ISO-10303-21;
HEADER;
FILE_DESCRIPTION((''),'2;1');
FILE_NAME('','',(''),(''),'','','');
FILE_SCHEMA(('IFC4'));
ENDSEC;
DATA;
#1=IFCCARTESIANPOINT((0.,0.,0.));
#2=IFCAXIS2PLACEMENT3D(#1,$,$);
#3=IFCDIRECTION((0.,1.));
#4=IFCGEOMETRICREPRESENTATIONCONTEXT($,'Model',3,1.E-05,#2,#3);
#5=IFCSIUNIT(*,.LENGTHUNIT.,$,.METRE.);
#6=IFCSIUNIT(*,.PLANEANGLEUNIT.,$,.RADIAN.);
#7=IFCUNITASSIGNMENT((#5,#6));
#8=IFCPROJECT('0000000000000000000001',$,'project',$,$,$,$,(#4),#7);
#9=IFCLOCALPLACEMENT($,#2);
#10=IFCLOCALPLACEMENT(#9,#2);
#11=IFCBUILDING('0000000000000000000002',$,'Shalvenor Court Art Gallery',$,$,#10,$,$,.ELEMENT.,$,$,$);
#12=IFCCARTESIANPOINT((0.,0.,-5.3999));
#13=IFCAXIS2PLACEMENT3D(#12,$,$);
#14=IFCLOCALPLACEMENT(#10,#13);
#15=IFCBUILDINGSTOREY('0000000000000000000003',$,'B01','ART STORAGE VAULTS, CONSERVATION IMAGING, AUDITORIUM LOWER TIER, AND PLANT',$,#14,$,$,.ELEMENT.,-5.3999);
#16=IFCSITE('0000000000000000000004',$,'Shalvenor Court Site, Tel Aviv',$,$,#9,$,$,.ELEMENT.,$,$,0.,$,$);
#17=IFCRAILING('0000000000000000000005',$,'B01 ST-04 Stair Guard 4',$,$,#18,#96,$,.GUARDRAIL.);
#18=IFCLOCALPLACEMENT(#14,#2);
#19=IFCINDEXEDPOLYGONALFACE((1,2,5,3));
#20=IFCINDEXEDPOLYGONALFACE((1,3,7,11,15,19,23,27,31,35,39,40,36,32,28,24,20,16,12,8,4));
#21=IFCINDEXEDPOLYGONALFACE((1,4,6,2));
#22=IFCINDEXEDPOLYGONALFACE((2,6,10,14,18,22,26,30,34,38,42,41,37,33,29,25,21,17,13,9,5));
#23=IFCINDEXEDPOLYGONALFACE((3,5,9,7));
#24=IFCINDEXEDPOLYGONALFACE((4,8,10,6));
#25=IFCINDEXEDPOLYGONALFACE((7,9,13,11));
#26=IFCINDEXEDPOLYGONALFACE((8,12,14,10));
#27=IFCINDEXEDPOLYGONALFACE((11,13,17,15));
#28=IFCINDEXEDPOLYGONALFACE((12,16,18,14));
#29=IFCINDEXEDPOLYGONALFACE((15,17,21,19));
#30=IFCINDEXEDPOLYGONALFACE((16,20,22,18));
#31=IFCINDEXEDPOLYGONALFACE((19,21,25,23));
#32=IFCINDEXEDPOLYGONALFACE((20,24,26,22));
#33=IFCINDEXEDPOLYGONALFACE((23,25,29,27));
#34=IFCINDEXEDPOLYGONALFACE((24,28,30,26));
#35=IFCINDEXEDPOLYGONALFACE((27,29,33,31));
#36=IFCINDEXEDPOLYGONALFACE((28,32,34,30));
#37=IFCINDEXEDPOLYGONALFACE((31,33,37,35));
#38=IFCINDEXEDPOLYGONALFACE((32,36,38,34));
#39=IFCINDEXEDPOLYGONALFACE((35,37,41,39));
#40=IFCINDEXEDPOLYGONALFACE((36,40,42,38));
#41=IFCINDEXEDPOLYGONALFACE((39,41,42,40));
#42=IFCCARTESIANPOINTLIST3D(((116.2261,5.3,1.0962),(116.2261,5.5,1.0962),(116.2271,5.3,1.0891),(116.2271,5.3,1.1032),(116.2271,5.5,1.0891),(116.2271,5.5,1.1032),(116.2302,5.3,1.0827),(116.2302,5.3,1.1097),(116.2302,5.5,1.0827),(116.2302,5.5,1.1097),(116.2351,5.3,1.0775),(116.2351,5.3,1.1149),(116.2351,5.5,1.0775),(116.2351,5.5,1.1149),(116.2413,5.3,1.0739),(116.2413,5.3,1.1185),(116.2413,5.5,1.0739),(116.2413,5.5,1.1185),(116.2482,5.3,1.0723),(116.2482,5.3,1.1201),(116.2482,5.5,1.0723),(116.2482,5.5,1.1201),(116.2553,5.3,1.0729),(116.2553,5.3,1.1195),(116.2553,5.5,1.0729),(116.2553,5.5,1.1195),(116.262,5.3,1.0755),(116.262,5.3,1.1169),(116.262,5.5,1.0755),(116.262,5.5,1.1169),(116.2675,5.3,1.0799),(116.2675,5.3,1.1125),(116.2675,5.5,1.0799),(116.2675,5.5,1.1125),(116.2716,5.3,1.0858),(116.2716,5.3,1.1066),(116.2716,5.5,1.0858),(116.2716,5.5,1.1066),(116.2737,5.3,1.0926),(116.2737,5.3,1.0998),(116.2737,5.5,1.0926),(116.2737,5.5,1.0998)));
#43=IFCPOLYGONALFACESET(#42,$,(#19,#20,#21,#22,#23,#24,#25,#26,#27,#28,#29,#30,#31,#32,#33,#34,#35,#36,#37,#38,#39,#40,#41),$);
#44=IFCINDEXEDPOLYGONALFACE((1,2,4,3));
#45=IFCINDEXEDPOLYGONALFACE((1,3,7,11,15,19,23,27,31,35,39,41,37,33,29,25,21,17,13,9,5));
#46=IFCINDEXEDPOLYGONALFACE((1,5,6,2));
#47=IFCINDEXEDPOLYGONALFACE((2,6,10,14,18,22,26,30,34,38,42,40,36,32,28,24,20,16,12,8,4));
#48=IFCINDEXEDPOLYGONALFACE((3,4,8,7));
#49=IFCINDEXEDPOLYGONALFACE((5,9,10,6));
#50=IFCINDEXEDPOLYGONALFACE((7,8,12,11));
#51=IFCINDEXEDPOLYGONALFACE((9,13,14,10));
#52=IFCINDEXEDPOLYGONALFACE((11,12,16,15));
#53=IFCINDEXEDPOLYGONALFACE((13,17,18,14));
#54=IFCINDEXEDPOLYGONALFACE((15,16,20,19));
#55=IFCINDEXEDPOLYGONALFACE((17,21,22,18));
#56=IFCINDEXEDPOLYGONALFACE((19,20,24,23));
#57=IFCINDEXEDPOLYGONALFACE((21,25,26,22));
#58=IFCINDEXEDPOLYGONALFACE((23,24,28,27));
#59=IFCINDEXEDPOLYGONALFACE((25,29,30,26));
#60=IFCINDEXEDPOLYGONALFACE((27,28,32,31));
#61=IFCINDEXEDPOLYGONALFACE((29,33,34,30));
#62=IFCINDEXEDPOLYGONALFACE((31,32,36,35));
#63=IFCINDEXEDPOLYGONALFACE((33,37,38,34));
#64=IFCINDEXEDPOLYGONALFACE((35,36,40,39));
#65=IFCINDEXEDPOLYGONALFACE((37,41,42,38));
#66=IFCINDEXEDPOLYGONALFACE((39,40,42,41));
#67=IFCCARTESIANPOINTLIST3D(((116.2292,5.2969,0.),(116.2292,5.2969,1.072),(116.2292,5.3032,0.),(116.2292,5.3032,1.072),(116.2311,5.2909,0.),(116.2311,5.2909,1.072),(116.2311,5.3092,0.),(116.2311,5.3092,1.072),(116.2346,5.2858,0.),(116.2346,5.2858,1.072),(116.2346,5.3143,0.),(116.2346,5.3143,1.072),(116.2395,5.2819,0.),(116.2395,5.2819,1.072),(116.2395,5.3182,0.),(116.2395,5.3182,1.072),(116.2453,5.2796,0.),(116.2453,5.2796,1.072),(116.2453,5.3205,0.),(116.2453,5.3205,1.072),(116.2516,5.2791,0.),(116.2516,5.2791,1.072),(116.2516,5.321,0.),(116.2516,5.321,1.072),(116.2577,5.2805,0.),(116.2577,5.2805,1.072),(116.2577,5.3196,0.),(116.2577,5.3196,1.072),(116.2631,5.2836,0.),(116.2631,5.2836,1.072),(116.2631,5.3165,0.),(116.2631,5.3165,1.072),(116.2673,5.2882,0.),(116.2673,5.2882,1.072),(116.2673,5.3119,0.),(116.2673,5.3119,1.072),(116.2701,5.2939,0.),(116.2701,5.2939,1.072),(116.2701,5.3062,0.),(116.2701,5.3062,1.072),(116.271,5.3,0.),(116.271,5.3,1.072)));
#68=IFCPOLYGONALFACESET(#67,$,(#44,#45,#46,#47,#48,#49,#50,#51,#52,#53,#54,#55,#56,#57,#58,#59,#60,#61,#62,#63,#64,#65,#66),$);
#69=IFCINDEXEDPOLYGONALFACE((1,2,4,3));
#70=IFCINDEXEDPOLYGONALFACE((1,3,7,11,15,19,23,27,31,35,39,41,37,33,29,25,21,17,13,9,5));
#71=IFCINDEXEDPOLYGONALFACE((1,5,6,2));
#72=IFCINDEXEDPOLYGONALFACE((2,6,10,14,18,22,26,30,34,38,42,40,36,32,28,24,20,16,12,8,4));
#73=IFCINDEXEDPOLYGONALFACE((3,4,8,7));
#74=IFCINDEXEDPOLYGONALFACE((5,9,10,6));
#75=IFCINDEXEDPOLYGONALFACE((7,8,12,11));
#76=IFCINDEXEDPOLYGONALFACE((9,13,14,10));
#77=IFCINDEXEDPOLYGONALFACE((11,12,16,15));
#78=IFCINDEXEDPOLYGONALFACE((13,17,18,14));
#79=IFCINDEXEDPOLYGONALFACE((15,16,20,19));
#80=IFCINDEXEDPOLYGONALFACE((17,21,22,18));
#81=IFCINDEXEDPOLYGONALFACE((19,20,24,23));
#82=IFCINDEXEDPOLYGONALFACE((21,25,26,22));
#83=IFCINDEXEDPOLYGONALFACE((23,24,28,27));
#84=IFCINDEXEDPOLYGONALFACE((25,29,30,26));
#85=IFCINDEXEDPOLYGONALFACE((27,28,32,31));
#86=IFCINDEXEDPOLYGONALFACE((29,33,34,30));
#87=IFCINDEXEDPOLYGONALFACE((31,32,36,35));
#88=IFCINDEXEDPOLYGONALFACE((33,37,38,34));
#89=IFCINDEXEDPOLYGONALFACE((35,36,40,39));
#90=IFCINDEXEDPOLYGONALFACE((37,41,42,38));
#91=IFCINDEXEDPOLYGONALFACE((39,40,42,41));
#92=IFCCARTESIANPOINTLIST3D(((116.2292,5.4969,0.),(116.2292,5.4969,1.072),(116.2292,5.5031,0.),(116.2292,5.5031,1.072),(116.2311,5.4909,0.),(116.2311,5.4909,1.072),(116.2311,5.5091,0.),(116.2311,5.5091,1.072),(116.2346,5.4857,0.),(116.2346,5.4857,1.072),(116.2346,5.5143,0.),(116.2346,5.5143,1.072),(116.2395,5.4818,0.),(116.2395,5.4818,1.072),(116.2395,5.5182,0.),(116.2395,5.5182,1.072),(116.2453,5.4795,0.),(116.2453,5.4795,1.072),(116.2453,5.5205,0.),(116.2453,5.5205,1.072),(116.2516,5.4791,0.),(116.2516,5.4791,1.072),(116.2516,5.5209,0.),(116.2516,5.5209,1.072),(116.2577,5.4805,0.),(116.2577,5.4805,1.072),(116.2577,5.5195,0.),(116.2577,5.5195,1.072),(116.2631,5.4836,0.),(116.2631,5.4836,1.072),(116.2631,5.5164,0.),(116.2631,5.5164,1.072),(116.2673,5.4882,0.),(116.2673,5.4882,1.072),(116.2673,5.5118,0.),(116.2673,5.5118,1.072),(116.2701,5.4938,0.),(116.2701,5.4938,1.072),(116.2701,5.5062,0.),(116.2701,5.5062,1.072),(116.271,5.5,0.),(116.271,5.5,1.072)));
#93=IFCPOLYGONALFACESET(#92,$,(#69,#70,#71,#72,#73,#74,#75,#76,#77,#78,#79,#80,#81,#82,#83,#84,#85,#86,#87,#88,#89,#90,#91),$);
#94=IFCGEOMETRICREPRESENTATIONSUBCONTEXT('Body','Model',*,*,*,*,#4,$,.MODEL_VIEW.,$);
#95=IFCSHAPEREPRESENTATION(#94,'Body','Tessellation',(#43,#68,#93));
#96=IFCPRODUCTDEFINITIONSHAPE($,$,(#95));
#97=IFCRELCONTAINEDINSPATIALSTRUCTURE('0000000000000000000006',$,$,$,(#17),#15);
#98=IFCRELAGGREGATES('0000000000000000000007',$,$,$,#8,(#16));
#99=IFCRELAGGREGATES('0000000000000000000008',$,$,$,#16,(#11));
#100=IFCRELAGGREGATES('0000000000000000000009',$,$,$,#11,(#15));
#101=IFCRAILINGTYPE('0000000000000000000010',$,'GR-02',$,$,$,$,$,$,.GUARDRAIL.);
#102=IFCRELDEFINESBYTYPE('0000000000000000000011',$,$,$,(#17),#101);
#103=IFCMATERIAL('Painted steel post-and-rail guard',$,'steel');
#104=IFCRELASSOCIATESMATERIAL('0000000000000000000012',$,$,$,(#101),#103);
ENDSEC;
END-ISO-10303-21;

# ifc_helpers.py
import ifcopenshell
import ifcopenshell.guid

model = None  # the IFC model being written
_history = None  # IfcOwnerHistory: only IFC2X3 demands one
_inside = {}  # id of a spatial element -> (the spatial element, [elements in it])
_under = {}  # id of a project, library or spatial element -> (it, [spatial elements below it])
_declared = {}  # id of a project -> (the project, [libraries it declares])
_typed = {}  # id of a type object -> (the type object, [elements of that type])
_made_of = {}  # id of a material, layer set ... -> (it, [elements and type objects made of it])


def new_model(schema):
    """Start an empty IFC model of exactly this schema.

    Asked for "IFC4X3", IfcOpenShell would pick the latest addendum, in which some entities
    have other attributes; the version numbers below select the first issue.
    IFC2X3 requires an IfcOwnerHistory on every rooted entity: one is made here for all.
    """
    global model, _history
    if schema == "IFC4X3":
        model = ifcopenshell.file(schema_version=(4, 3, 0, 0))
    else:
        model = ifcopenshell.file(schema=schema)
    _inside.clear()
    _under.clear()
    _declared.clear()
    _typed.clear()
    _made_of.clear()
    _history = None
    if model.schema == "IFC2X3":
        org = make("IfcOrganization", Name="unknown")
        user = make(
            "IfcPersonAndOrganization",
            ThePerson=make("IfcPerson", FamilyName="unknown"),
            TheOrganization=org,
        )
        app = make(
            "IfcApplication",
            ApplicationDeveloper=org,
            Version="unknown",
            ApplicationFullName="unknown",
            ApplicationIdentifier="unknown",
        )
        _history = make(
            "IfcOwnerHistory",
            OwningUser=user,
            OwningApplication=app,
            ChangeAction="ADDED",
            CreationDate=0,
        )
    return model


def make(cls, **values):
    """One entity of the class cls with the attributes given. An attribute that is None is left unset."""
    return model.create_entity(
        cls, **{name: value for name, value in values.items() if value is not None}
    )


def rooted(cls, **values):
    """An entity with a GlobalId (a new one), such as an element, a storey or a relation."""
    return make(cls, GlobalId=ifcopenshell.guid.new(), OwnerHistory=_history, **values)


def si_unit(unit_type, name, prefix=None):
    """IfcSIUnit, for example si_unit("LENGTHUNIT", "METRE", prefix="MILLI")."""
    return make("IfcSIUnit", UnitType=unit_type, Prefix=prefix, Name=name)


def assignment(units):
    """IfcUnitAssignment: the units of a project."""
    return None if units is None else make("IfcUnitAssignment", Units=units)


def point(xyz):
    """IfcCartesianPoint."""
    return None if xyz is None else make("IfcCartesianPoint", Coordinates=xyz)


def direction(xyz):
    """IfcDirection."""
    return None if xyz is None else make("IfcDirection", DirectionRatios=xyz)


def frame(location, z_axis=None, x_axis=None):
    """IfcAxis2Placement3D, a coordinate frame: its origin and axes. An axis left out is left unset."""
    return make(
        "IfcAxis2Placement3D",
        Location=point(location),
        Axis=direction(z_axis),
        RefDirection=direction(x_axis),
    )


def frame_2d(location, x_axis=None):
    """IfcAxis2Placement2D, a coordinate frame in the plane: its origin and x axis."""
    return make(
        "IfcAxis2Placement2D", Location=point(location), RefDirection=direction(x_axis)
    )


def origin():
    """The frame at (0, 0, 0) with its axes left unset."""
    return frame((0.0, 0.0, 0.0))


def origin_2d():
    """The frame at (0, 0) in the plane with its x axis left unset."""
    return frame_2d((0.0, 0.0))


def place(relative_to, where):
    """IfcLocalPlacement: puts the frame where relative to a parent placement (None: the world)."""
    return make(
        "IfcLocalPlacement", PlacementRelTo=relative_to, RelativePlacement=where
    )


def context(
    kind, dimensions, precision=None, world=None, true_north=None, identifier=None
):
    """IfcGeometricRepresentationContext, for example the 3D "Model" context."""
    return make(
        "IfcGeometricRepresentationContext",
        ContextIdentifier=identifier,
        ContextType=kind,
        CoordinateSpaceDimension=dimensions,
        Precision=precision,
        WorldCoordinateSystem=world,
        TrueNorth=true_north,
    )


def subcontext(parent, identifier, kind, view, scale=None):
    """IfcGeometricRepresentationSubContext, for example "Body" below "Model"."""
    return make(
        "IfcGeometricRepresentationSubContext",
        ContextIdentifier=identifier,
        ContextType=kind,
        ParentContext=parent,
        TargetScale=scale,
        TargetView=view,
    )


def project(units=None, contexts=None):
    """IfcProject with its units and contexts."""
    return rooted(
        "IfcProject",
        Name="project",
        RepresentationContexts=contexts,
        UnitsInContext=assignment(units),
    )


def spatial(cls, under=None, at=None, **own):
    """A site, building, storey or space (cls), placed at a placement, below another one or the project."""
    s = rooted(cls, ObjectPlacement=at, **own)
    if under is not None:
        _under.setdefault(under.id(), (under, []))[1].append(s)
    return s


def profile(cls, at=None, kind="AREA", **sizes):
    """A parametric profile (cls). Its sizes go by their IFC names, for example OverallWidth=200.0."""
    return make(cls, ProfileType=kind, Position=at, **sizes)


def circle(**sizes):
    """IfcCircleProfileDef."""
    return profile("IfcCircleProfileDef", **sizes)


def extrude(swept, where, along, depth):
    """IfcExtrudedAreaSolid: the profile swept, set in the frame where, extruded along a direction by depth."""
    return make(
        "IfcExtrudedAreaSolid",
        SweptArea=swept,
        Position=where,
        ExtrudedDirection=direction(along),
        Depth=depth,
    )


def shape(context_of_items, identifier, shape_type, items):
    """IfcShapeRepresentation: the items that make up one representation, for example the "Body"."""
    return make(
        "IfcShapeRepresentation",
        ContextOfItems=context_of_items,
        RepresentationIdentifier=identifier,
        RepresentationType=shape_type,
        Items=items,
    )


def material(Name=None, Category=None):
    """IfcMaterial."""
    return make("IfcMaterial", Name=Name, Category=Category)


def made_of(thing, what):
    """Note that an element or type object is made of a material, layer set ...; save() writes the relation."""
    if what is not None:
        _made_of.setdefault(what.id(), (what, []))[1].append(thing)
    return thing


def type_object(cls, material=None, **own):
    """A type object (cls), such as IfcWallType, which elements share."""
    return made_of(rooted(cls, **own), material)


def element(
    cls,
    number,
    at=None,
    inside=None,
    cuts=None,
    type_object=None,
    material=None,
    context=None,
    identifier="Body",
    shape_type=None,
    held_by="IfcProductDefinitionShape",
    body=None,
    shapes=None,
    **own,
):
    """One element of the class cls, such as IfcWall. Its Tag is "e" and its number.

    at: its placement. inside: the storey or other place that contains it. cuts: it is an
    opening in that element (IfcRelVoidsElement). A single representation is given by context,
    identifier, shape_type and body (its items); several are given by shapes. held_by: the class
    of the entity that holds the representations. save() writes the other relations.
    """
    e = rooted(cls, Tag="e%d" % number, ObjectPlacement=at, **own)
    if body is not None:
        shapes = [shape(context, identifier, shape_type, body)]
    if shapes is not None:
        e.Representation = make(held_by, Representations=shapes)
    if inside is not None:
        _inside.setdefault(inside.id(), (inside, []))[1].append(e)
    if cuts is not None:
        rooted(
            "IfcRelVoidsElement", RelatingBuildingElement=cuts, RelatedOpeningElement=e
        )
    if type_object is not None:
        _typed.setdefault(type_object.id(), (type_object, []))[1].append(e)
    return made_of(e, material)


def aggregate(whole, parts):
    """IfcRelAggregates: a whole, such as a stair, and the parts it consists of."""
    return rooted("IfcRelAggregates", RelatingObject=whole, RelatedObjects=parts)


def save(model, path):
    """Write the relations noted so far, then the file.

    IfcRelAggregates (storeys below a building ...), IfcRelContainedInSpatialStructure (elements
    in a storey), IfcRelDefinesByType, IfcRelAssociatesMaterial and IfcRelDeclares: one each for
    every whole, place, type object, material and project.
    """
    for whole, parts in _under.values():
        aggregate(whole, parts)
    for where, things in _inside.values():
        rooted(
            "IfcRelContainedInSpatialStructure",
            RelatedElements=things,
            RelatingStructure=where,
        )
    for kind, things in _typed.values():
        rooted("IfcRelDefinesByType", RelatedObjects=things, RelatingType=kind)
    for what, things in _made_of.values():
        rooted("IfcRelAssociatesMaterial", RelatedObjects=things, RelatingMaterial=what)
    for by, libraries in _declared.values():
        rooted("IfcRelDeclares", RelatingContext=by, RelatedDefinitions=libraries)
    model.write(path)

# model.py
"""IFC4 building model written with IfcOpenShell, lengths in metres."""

from ifc_helpers import new_model, si_unit, direction, frame, origin, origin_2d, place, context, subcontext, project, spatial, circle, extrude, material, type_object, element, save


model = new_model("IFC4")

# Units and contexts
model_context = context("Model", 3, precision=1e-05, world=origin(), true_north=direction((0.0, 1.0)))
body_context = subcontext(model_context, "Body", "Model", "MODEL_VIEW")
ifc_project = project(units=[si_unit("LENGTHUNIT", "METRE"), si_unit("PLANEANGLEUNIT", "RADIAN")], contexts=[model_context])

# Site, building, storey
site_placement = place(None, origin())
site = spatial("IfcSite", under=ifc_project, at=site_placement, Name="Shalvenor Court Site, Tel Aviv", CompositionType="ELEMENT", RefElevation=0.0)
building_placement = place(site_placement, origin())
building = spatial("IfcBuilding", under=site, at=building_placement, Name="Shalvenor Court Art Gallery", CompositionType="ELEMENT")
storey_placement = place(building_placement, frame((0.0, 0.0, -5.3999)))
storey = spatial("IfcBuildingStorey", under=building, at=storey_placement, Name="B01", Description="ART STORAGE VAULTS, CONSERVATION IMAGING, AUDITORIUM LOWER TIER, AND PLANT", CompositionType="ELEMENT", Elevation=-5.3999)

# Railing
ifc_material_1 = material(Name="Painted steel post-and-rail guard", Category="steel")
railing_type_1 = type_object("IfcRailingType", Name="GR-02", PredefinedType="GUARDRAIL", material=ifc_material_1)
railing_1_placement = place(storey_placement, frame((116.25, 5.3, 0.0)))
element("IfcRailing", 1, at=railing_1_placement, inside=storey, type_object=railing_type_1, Name="B01 ST-04 Stair Guard 4", PredefinedType="GUARDRAIL", context=body_context, shape_type="SweptSolid", body=[
    extrude(circle(Radius=0.0239, at=origin_2d()), frame((0.0, 0.0, 1.0962), z_axis=(0.0, 1.0, 0.0), x_axis=(-1.0, 0.0, 0.0)), (0.0, 0.0, 1.0), 0.2),
    extrude(circle(Radius=0.021, at=origin_2d()), origin(), (0.0, 0.0, 1.0), 1.072),
    extrude(circle(Radius=0.021, at=origin_2d()), frame((0.0, 0.2, 0.0)), (0.0, 0.0, 1.0), 1.072),
])

save(model, "model.ifc")
